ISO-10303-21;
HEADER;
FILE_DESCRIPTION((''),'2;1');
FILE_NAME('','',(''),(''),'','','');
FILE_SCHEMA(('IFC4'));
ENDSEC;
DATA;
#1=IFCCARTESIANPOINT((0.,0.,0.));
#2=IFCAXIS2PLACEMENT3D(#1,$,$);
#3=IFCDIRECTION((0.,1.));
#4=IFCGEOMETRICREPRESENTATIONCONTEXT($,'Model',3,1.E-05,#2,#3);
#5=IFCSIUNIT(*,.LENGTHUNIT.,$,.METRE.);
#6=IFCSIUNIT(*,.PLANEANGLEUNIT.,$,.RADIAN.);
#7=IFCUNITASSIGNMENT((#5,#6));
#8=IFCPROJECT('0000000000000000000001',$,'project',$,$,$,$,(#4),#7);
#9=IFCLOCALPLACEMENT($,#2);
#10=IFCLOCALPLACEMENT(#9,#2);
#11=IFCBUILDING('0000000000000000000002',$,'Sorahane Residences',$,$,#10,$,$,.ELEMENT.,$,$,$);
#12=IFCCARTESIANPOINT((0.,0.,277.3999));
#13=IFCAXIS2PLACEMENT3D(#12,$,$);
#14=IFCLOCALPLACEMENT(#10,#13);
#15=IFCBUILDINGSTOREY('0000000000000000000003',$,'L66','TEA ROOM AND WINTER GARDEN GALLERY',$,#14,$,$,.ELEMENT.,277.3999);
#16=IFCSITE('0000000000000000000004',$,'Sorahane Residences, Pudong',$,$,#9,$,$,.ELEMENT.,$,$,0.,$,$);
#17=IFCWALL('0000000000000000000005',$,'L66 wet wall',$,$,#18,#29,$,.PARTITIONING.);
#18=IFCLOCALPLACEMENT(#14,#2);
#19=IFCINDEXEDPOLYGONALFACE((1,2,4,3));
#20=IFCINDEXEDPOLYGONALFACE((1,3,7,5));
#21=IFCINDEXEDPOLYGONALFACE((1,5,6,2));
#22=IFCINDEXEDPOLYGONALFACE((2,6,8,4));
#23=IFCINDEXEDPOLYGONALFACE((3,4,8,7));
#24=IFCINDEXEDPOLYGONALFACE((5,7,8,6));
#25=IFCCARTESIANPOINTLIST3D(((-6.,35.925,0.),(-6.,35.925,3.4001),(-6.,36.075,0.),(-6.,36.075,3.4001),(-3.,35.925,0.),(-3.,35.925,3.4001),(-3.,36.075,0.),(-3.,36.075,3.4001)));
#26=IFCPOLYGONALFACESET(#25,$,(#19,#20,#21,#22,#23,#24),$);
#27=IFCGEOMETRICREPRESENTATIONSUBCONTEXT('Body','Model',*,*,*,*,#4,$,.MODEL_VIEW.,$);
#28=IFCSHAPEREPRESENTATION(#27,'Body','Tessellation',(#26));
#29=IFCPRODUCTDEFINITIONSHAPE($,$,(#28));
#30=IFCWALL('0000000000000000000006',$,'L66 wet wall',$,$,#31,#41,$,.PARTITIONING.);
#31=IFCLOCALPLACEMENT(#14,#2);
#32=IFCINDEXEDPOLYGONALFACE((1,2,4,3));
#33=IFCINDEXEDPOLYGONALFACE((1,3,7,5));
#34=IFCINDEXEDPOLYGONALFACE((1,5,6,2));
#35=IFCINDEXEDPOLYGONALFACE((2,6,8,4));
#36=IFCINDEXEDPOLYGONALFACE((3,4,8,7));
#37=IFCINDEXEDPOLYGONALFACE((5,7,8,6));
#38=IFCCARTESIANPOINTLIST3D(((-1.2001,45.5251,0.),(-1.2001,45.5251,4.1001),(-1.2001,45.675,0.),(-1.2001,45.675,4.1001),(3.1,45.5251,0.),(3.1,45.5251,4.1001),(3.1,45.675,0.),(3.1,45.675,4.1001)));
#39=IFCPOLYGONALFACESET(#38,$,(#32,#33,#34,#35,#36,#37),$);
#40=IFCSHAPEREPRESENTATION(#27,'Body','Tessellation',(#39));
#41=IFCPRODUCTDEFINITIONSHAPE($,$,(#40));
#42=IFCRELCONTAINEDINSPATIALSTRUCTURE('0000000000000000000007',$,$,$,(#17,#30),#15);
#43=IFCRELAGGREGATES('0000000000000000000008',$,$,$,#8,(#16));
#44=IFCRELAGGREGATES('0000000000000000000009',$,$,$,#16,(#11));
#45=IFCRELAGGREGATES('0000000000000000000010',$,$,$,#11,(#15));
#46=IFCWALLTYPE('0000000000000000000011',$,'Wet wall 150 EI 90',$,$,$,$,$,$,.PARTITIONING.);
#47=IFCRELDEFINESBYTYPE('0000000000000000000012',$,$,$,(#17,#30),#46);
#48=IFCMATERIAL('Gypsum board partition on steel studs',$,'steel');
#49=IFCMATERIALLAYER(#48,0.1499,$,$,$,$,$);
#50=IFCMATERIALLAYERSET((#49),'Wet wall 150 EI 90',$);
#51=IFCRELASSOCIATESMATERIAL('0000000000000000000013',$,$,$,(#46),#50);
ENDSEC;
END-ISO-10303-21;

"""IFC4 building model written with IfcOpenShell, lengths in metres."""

from ifc_helpers import new_model, si_unit, direction, frame, frame_2d, origin, place, context, subcontext, project, spatial, rectangle, extrude, material, layer, layer_set, type_object, element, save


model = new_model("IFC4")

# Units and contexts
model_context = context("Model", 3, precision=1e-05, world=origin(), true_north=direction((0.0, 1.0)))
body_context = subcontext(model_context, "Body", "Model", "MODEL_VIEW")
ifc_project = project(units=[si_unit("LENGTHUNIT", "METRE"), si_unit("PLANEANGLEUNIT", "RADIAN")], contexts=[model_context])

# Site, building, storey
site_placement = place(None, origin())
site = spatial("IfcSite", under=ifc_project, at=site_placement, Name="Sorahane Residences, Pudong", CompositionType="ELEMENT", RefElevation=0.0)
building_placement = place(site_placement, origin())
building = spatial("IfcBuilding", under=site, at=building_placement, Name="Sorahane Residences", CompositionType="ELEMENT")
storey_placement = place(building_placement, frame((0.0, 0.0, 277.3999)))
storey = spatial("IfcBuildingStorey", under=building, at=storey_placement, Name="L66", Description="TEA ROOM AND WINTER GARDEN GALLERY", CompositionType="ELEMENT", Elevation=277.3999)

# Shared definitions
ifc_material_1 = material(Name="Gypsum board partition on steel studs", Category="steel")
ifc_layer_1 = layer(ifc_material_1, 0.1499)
ifc_layer_set_1 = layer_set([ifc_layer_1], Name="Wet wall 150 EI 90")
wall_type_1 = type_object("IfcWallType", Name="Wet wall 150 EI 90", PredefinedType="PARTITIONING", material=ifc_layer_set_1)

# Walls
wall_1_placement = place(storey_placement, frame((-6.0, 36.0, 0.0), z_axis=(0.0, 0.0, 1.0), x_axis=(1.0, 0.0, 0.0)))
element("IfcWall", 1, at=wall_1_placement, inside=storey, type_object=wall_type_1, Name="L66 wet wall", PredefinedType="PARTITIONING", context=body_context, shape_type="SweptSolid", body=[
    extrude(rectangle(XDim=3.0, YDim=0.1499, at=frame_2d((1.5, 0.0))), origin(), (0.0, 0.0, 1.0), 3.4001),
])
wall_2_placement = place(storey_placement, frame((-1.2, 45.6001, 0.0), z_axis=(0.0, 0.0, 1.0), x_axis=(1.0, 0.0, 0.0)))
element("IfcWall", 2, at=wall_2_placement, inside=storey, type_object=wall_type_1, Name="L66 wet wall", PredefinedType="PARTITIONING", context=body_context, shape_type="SweptSolid", body=[
    extrude(rectangle(XDim=4.3, YDim=0.1499, at=frame_2d((2.1499, 0.0))), origin(), (0.0, 0.0, 1.0), 4.1001),
])

save(model, "model.ifc")
